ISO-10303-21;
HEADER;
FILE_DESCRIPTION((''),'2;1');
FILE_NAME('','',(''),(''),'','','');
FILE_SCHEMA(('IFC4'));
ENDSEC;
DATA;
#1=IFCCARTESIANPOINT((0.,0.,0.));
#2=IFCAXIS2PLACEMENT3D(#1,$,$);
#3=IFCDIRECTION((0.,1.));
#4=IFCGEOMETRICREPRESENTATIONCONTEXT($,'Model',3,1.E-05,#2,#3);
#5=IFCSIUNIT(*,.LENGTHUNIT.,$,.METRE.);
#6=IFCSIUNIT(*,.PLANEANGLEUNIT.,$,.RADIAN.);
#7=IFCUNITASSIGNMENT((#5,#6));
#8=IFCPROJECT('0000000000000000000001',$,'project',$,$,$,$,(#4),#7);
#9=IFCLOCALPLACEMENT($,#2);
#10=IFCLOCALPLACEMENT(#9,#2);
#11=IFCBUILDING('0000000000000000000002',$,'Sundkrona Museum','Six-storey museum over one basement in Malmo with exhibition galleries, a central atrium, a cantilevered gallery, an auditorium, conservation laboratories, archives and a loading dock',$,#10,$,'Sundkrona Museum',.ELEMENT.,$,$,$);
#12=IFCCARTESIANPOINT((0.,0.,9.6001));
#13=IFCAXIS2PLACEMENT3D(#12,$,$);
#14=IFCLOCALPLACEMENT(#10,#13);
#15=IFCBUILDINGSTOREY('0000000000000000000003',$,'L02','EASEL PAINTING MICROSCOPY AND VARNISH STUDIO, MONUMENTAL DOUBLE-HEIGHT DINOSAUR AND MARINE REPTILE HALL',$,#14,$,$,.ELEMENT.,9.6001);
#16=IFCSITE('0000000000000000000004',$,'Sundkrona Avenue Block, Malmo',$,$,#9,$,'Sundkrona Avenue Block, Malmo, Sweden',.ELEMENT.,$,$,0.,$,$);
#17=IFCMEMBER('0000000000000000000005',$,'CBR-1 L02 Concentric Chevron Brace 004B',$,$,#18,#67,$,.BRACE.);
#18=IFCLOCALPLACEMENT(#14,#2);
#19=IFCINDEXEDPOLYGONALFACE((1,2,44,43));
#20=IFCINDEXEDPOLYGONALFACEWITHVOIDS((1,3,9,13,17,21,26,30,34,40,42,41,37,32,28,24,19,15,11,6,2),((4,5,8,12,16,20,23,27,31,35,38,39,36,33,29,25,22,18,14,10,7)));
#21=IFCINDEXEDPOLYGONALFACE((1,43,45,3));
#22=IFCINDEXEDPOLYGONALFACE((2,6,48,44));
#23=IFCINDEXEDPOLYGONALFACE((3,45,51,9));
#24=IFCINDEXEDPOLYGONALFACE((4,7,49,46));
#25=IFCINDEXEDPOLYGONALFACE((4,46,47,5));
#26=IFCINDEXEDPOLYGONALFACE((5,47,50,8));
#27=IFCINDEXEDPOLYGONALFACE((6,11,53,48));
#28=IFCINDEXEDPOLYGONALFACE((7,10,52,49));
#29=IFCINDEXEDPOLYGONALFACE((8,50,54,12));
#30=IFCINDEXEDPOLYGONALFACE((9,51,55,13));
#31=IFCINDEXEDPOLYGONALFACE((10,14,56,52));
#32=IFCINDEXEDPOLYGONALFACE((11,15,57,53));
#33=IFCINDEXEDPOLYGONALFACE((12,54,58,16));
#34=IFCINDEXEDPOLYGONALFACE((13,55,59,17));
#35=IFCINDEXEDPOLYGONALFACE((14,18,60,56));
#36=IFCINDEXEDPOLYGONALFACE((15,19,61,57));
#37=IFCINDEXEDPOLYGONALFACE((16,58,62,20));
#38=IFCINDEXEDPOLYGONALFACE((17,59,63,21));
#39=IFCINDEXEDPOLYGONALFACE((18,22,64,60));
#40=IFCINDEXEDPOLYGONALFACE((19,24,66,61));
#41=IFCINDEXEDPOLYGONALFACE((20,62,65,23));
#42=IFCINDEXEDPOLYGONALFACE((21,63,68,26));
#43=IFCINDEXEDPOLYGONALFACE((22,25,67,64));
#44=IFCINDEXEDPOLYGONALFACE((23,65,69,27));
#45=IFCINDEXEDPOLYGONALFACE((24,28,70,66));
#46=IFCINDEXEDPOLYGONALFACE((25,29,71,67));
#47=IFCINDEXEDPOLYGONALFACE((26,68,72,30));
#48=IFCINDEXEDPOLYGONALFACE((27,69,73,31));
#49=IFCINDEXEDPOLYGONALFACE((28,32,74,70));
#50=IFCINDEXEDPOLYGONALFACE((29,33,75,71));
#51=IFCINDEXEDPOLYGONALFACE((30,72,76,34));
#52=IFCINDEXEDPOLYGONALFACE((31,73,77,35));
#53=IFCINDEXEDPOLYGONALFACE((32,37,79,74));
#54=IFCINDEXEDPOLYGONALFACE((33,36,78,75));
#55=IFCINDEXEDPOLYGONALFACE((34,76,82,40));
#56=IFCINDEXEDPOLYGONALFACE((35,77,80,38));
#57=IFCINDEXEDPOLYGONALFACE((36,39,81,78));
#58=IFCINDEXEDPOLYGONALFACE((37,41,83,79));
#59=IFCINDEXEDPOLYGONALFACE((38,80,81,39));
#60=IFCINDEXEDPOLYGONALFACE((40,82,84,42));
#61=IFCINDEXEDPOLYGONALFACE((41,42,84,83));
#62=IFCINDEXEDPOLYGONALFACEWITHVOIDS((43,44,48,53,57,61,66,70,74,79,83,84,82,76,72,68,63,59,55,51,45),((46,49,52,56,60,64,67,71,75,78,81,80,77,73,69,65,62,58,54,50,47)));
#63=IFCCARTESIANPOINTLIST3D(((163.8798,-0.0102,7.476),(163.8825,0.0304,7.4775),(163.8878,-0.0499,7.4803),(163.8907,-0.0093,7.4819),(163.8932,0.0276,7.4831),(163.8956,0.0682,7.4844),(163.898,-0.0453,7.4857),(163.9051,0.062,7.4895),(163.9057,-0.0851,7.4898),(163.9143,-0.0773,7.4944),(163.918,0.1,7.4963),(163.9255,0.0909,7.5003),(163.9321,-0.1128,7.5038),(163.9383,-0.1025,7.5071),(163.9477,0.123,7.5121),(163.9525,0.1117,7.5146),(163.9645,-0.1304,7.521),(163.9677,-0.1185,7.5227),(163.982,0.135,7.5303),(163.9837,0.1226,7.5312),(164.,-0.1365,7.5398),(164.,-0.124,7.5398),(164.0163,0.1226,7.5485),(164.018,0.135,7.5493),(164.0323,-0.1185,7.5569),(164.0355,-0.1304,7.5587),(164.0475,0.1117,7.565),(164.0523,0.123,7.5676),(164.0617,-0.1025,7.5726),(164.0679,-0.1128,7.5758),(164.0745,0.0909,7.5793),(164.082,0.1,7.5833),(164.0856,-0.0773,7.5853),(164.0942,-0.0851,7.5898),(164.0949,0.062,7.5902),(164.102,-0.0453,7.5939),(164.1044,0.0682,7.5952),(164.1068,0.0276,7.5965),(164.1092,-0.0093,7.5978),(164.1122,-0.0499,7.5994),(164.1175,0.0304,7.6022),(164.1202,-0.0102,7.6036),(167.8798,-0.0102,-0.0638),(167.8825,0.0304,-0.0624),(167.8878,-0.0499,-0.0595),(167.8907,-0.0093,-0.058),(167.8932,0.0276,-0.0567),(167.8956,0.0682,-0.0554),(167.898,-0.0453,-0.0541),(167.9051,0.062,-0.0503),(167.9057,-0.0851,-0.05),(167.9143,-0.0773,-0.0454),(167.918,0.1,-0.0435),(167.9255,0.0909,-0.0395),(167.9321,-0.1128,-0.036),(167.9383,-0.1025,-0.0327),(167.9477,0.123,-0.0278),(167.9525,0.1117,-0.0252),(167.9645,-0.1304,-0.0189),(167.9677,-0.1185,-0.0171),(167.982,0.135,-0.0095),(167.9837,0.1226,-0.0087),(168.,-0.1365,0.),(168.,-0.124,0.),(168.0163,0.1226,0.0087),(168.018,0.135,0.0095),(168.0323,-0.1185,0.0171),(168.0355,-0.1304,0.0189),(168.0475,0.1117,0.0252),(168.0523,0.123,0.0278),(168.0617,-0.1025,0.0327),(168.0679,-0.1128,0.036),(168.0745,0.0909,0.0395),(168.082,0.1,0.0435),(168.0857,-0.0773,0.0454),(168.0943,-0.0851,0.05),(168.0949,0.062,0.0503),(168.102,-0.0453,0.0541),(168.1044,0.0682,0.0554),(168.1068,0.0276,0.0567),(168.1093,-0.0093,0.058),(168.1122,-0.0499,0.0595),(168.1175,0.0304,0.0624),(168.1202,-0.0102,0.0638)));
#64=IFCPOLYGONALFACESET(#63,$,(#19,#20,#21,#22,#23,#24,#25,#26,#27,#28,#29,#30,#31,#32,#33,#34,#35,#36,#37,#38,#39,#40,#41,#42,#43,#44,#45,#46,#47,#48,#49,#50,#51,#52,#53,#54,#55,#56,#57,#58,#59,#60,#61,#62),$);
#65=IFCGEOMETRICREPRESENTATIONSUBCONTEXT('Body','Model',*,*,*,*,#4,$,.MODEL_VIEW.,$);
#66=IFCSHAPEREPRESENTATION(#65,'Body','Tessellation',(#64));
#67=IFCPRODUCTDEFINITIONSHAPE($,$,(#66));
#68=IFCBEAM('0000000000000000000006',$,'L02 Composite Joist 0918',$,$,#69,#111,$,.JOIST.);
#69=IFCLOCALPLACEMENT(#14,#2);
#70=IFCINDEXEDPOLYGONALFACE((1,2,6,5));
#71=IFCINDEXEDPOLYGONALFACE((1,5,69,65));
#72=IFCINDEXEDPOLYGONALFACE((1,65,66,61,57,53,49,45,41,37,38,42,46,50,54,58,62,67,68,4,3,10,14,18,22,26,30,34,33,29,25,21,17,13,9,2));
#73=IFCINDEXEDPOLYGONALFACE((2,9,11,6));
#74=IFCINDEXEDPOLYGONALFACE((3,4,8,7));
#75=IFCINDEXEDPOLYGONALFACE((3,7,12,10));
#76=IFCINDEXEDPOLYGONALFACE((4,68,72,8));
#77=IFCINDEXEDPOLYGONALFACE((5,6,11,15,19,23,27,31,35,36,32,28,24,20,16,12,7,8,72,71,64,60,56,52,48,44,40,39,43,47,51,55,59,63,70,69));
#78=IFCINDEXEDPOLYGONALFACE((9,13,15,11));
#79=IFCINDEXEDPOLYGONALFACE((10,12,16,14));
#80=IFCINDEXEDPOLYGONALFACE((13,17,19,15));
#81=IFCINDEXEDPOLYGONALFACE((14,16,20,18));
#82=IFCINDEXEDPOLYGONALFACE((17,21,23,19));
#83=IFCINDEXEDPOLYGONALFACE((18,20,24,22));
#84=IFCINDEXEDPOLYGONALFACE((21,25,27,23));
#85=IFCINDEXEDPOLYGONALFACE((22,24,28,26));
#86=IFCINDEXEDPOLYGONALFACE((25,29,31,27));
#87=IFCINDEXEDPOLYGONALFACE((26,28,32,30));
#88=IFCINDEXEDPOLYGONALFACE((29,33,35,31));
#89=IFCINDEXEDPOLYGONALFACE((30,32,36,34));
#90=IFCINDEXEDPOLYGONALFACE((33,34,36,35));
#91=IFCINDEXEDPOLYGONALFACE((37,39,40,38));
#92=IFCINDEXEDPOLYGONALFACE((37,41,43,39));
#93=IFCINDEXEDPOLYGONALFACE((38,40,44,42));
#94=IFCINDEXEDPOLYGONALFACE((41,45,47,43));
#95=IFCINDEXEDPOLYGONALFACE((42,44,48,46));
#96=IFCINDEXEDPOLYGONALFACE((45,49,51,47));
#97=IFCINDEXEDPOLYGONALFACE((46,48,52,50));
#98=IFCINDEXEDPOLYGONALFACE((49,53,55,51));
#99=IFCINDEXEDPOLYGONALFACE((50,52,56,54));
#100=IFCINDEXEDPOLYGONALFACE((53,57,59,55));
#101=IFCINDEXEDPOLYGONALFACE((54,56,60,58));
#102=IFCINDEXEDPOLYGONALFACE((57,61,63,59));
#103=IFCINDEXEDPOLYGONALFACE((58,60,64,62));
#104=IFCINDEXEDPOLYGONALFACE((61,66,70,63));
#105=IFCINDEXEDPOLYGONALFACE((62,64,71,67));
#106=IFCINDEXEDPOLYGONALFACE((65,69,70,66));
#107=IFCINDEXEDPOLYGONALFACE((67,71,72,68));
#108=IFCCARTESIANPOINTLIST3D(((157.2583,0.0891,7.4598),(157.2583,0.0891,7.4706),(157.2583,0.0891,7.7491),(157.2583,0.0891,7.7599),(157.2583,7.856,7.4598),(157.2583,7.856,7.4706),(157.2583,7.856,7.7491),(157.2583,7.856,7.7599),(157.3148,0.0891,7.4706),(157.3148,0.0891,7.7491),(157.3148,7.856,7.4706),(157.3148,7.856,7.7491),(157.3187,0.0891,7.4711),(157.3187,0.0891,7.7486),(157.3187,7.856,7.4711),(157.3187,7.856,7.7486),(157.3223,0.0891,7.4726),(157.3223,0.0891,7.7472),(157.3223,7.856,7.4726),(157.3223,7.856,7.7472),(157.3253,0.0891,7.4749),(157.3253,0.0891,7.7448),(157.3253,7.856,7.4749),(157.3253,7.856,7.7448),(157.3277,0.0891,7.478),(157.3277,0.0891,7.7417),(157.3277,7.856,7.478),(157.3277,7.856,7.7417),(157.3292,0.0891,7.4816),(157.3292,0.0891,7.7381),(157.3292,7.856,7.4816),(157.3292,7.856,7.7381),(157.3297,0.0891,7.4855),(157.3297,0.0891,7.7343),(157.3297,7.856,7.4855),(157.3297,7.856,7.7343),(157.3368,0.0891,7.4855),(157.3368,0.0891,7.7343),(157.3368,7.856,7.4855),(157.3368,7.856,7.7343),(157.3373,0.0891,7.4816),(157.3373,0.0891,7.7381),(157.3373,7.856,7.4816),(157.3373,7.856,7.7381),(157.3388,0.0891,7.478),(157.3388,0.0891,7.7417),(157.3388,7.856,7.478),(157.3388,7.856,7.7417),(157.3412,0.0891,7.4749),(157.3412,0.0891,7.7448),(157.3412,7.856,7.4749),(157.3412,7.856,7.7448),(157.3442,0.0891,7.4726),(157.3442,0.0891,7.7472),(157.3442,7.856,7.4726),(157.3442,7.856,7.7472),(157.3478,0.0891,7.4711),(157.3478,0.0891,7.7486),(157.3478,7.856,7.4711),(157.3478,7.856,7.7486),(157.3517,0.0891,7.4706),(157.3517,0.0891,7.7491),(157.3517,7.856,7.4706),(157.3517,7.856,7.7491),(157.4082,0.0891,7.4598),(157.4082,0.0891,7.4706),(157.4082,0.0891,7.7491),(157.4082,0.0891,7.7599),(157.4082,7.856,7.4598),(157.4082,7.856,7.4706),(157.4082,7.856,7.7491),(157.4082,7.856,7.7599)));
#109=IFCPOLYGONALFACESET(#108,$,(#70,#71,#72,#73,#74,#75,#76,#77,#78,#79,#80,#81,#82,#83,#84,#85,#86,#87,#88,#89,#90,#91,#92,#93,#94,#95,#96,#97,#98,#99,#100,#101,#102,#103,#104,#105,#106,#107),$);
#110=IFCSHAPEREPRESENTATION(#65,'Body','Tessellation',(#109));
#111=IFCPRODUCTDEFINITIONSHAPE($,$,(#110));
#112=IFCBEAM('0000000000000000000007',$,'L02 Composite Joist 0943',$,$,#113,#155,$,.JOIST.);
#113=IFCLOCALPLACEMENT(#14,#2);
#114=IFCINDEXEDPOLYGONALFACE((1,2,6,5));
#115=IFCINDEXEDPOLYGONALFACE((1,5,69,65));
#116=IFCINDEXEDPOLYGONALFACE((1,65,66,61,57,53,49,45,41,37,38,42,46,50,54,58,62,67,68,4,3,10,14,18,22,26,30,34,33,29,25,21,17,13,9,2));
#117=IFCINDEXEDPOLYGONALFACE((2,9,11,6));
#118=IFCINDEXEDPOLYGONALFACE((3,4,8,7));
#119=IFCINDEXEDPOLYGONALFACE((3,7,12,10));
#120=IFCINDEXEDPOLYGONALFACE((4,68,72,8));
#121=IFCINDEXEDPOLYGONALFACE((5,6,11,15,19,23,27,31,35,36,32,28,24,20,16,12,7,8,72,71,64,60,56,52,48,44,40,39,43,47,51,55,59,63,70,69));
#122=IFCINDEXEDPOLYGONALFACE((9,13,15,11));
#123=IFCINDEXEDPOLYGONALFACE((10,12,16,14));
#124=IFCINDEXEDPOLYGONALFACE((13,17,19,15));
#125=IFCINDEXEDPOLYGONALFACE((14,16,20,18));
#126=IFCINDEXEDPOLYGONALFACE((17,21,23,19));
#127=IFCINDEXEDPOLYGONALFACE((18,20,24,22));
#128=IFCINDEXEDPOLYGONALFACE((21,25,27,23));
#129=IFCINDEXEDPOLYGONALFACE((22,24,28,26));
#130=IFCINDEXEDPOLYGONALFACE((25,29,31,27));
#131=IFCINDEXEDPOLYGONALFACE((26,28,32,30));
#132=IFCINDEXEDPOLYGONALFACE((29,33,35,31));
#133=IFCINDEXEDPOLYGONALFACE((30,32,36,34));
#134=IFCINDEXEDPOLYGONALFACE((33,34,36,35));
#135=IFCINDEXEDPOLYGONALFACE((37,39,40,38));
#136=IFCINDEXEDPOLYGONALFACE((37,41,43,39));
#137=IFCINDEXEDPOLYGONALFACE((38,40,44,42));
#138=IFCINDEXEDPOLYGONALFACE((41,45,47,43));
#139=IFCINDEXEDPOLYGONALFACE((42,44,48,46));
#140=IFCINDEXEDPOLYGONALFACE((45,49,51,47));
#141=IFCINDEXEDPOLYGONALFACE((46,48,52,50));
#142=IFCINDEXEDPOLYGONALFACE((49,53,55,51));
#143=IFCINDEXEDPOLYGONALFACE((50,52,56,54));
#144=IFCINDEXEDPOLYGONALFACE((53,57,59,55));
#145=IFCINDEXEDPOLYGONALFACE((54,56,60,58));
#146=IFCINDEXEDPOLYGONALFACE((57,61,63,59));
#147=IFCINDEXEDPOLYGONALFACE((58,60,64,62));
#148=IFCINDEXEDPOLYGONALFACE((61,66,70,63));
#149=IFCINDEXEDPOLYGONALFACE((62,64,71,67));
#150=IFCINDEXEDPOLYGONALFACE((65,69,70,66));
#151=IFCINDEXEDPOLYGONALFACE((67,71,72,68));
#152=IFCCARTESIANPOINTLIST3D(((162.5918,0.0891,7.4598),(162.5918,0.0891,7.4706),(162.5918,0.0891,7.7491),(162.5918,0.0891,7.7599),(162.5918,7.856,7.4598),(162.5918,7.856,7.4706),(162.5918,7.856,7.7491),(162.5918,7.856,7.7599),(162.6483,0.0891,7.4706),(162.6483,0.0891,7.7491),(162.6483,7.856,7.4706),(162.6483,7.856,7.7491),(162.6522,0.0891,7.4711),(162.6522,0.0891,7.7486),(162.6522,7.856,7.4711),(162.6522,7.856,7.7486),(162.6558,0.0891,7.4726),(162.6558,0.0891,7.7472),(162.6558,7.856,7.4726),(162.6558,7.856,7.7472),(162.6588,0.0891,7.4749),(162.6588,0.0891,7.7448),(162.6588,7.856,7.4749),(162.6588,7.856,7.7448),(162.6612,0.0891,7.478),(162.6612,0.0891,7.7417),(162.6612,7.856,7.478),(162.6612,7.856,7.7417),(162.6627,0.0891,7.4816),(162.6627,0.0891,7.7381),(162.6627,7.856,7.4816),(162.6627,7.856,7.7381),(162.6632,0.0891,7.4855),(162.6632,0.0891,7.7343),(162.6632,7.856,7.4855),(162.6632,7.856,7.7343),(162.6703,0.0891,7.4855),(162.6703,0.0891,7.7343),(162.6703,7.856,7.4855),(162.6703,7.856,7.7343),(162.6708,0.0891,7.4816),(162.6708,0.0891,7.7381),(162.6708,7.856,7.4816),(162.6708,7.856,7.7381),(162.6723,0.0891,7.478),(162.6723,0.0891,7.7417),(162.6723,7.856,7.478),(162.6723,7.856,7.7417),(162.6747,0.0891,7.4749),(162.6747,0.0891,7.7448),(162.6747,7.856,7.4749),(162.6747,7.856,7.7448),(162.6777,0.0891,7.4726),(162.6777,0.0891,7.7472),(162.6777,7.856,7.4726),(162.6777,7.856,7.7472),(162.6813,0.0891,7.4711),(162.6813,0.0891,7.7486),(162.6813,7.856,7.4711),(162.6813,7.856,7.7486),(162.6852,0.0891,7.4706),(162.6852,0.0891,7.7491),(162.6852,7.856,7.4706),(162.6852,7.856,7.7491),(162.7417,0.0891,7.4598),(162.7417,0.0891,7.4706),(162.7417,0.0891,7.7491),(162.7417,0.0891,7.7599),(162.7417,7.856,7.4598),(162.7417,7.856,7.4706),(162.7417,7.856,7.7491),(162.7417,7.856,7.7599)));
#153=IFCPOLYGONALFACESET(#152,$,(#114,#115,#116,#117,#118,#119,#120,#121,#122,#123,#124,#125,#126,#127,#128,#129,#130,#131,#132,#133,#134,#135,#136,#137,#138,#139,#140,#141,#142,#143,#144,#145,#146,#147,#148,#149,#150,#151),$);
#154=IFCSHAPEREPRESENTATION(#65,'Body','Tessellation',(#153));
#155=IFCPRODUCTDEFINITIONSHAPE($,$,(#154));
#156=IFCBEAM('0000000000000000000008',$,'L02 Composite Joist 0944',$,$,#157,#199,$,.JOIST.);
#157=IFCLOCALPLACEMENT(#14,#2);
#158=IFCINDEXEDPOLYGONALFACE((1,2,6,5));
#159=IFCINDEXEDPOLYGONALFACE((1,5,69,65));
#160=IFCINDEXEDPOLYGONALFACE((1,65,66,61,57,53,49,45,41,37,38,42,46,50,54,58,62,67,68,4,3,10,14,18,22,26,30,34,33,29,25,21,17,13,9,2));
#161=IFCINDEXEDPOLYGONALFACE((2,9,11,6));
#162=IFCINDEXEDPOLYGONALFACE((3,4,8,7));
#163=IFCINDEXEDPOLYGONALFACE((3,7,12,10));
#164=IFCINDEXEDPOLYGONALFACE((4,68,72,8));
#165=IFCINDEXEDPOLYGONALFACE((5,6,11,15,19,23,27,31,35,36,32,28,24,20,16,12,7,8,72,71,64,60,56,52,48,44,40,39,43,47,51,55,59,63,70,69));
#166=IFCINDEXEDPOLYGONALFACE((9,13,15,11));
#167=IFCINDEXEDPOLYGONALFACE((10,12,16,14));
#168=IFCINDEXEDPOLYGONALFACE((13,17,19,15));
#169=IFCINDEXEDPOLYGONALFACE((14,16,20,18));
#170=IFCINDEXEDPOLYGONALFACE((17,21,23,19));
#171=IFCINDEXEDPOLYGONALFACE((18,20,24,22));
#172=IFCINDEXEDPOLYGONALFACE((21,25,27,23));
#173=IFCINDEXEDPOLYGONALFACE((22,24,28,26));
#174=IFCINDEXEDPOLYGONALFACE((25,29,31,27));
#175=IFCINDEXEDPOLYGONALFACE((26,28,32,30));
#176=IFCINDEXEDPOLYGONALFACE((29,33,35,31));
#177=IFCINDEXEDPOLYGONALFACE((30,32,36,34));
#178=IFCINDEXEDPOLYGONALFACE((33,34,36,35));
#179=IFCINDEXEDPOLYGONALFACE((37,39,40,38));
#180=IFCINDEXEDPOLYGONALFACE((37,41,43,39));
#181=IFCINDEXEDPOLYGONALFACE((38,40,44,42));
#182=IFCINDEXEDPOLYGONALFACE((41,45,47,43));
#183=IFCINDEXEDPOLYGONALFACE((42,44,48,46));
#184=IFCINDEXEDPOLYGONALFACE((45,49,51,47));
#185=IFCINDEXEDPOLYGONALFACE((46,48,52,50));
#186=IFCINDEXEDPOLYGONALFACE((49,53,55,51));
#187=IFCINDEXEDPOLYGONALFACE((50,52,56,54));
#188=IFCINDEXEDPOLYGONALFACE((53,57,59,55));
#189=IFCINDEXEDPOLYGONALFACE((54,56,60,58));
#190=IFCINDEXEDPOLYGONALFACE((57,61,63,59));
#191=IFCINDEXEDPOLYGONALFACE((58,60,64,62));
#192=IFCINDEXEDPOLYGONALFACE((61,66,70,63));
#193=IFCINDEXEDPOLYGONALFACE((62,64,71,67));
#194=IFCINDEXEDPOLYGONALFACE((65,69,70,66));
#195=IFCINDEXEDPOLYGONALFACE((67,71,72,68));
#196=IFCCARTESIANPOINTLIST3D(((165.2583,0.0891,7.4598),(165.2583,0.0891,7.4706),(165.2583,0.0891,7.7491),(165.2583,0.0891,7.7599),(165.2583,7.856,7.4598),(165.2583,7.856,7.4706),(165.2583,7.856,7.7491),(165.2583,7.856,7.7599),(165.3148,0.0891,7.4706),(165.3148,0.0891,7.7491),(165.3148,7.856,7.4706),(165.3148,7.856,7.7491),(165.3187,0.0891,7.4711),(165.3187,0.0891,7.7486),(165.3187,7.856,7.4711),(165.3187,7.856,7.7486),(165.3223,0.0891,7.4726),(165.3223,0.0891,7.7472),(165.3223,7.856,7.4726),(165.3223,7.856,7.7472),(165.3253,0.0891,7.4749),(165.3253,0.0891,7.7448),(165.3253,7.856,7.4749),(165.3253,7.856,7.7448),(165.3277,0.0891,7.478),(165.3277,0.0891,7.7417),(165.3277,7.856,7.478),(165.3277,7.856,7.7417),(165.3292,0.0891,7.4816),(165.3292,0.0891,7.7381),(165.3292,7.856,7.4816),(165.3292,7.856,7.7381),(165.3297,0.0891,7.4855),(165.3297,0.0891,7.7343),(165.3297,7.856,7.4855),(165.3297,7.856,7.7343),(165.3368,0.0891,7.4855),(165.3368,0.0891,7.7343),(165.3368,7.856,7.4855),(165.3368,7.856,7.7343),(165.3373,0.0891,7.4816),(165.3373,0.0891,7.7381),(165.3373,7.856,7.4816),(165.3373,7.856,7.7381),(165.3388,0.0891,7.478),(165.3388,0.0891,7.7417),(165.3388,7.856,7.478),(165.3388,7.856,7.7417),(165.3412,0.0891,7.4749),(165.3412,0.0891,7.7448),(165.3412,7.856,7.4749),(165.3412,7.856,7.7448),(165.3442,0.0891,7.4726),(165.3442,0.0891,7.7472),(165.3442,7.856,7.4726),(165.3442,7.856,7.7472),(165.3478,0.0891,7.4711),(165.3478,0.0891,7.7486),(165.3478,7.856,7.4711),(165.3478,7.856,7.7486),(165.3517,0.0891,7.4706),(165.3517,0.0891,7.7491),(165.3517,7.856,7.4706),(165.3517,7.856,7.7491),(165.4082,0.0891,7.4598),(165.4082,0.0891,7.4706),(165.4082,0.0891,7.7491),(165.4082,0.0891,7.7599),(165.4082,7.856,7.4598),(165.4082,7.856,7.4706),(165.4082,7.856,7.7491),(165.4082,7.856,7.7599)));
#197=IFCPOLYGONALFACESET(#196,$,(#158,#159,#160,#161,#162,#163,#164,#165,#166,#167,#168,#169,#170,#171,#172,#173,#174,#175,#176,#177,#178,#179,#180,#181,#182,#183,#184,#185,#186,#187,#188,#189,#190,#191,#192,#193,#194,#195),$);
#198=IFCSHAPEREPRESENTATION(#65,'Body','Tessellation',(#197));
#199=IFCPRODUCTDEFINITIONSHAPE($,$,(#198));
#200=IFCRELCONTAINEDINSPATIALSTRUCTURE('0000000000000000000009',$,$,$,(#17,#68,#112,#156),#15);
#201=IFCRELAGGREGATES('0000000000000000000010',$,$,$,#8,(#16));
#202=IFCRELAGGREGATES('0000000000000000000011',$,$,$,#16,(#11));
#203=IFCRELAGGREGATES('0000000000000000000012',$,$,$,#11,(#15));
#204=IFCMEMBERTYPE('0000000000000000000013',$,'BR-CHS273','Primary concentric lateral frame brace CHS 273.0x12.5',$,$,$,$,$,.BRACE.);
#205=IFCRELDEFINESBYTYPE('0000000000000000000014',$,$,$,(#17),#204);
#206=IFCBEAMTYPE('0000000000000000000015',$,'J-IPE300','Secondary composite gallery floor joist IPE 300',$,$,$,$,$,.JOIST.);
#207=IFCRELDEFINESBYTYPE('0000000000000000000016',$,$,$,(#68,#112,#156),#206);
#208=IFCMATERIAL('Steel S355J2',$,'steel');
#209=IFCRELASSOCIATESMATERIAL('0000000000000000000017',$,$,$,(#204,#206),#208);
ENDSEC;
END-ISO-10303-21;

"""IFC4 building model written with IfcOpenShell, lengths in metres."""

from ifc_helpers import new_model, si_unit, direction, frame, origin, origin_2d, place, context, subcontext, project, spatial, hollow_circle, i_section, extrude, material, material_profile, profile_set, type_object, element, save


model = new_model("IFC4")

# Units and contexts
model_context = context("Model", 3, precision=1e-05, world=origin(), true_north=direction((0.0, 1.0)))
body_context = subcontext(model_context, "Body", "Model", "MODEL_VIEW")
ifc_project = project(units=[si_unit("LENGTHUNIT", "METRE"), si_unit("PLANEANGLEUNIT", "RADIAN")], contexts=[model_context])

# Site, building, storey
site_placement = place(None, origin())
site = spatial("IfcSite", under=ifc_project, at=site_placement, Name="Sundkrona Avenue Block, Malmo", LongName="Sundkrona Avenue Block, Malmo, Sweden", CompositionType="ELEMENT", RefElevation=0.0)
building_placement = place(site_placement, origin())
building = spatial("IfcBuilding", under=site, at=building_placement, Name="Sundkrona Museum", Description="Six-storey museum over one basement in Malmo with exhibition galleries, a central atrium, a cantilevered gallery, an auditorium, conservation laboratories, archives and a loading dock", LongName="Sundkrona Museum", CompositionType="ELEMENT")
storey_placement = place(building_placement, frame((0.0, 0.0, 9.6001)))
storey = spatial("IfcBuildingStorey", under=building, at=storey_placement, Name="L02", Description="EASEL PAINTING MICROSCOPY AND VARNISH STUDIO, MONUMENTAL DOUBLE-HEIGHT DINOSAUR AND MARINE REPTILE HALL", CompositionType="ELEMENT", Elevation=9.6001)

# Shared definitions
ifc_material_1 = material(Name="Steel S355J2", Category="steel")

# Member
ifc_material_profile_1 = material_profile(ifc_material_1, hollow_circle(Radius=0.1365, WallThickness=0.0125, at=origin_2d()), Name="CHS 273.0x12.5")
ifc_profile_set_1 = profile_set([ifc_material_profile_1], Name="Steel S355J2")
member_type = type_object("IfcMemberType", Name="BR-CHS273", Description="Primary concentric lateral frame brace CHS 273.0x12.5", PredefinedType="BRACE", material=ifc_profile_set_1)
for number, where, z_axis, x_axis, name in (
    (1, (168.0, 0.0, 0.0), (-0.468651, 0.0, 0.883383), (0.0, -1.0, 0.0), "CBR-1 L02 Concentric Chevron Brace 004B"),
):
    element("IfcMember", number, at=place(storey_placement, frame(where, z_axis=z_axis, x_axis=x_axis)), inside=storey, type_object=member_type, Name=name, PredefinedType="BRACE", context=body_context, shape_type="SweptSolid", body=[
        extrude(hollow_circle(Radius=0.1365, WallThickness=0.0125, at=origin_2d()), origin(), (0.0, 0.0, 1.0), 8.5352),
    ])

# Beams
ifc_material_profile_2 = material_profile(ifc_material_1, i_section(OverallWidth=0.1499, OverallDepth=0.3, WebThickness=0.0071, FlangeThickness=0.0107, FilletRadius=0.0149, at=origin_2d()), Name="IPE 300")
ifc_profile_set_2 = profile_set([ifc_material_profile_2], Name="Steel S355J2")
beam_type_1 = type_object("IfcBeamType", Name="J-IPE300", Description="Secondary composite gallery floor joist IPE 300", PredefinedType="JOIST", material=ifc_profile_set_2)
for number, where, z_axis, x_axis, name in (
    (2, (157.3333, 0.0891, 7.6099), (0.0, 1.0, 0.0), (-1.0, 0.0, 0.0), "L02 Composite Joist 0918"),
    (3, (162.6667, 0.0891, 7.6099), (0.0, 1.0, 0.0), (-1.0, 0.0, 0.0), "L02 Composite Joist 0943"),
    (4, (165.3333, 0.0891, 7.6099), (0.0, 1.0, 0.0), (-1.0, 0.0, 0.0), "L02 Composite Joist 0944"),
):
    element("IfcBeam", number, at=place(storey_placement, frame(where, z_axis=z_axis, x_axis=x_axis)), inside=storey, type_object=beam_type_1, Name=name, PredefinedType="JOIST", context=body_context, shape_type="SweptSolid", body=[
        extrude(i_section(OverallWidth=0.1499, OverallDepth=0.3, WebThickness=0.0071, FlangeThickness=0.0107, FilletRadius=0.0149, at=origin_2d()), origin(), (0.0, 0.0, 1.0), 7.7668),
    ])

save(model, "model.ifc")
